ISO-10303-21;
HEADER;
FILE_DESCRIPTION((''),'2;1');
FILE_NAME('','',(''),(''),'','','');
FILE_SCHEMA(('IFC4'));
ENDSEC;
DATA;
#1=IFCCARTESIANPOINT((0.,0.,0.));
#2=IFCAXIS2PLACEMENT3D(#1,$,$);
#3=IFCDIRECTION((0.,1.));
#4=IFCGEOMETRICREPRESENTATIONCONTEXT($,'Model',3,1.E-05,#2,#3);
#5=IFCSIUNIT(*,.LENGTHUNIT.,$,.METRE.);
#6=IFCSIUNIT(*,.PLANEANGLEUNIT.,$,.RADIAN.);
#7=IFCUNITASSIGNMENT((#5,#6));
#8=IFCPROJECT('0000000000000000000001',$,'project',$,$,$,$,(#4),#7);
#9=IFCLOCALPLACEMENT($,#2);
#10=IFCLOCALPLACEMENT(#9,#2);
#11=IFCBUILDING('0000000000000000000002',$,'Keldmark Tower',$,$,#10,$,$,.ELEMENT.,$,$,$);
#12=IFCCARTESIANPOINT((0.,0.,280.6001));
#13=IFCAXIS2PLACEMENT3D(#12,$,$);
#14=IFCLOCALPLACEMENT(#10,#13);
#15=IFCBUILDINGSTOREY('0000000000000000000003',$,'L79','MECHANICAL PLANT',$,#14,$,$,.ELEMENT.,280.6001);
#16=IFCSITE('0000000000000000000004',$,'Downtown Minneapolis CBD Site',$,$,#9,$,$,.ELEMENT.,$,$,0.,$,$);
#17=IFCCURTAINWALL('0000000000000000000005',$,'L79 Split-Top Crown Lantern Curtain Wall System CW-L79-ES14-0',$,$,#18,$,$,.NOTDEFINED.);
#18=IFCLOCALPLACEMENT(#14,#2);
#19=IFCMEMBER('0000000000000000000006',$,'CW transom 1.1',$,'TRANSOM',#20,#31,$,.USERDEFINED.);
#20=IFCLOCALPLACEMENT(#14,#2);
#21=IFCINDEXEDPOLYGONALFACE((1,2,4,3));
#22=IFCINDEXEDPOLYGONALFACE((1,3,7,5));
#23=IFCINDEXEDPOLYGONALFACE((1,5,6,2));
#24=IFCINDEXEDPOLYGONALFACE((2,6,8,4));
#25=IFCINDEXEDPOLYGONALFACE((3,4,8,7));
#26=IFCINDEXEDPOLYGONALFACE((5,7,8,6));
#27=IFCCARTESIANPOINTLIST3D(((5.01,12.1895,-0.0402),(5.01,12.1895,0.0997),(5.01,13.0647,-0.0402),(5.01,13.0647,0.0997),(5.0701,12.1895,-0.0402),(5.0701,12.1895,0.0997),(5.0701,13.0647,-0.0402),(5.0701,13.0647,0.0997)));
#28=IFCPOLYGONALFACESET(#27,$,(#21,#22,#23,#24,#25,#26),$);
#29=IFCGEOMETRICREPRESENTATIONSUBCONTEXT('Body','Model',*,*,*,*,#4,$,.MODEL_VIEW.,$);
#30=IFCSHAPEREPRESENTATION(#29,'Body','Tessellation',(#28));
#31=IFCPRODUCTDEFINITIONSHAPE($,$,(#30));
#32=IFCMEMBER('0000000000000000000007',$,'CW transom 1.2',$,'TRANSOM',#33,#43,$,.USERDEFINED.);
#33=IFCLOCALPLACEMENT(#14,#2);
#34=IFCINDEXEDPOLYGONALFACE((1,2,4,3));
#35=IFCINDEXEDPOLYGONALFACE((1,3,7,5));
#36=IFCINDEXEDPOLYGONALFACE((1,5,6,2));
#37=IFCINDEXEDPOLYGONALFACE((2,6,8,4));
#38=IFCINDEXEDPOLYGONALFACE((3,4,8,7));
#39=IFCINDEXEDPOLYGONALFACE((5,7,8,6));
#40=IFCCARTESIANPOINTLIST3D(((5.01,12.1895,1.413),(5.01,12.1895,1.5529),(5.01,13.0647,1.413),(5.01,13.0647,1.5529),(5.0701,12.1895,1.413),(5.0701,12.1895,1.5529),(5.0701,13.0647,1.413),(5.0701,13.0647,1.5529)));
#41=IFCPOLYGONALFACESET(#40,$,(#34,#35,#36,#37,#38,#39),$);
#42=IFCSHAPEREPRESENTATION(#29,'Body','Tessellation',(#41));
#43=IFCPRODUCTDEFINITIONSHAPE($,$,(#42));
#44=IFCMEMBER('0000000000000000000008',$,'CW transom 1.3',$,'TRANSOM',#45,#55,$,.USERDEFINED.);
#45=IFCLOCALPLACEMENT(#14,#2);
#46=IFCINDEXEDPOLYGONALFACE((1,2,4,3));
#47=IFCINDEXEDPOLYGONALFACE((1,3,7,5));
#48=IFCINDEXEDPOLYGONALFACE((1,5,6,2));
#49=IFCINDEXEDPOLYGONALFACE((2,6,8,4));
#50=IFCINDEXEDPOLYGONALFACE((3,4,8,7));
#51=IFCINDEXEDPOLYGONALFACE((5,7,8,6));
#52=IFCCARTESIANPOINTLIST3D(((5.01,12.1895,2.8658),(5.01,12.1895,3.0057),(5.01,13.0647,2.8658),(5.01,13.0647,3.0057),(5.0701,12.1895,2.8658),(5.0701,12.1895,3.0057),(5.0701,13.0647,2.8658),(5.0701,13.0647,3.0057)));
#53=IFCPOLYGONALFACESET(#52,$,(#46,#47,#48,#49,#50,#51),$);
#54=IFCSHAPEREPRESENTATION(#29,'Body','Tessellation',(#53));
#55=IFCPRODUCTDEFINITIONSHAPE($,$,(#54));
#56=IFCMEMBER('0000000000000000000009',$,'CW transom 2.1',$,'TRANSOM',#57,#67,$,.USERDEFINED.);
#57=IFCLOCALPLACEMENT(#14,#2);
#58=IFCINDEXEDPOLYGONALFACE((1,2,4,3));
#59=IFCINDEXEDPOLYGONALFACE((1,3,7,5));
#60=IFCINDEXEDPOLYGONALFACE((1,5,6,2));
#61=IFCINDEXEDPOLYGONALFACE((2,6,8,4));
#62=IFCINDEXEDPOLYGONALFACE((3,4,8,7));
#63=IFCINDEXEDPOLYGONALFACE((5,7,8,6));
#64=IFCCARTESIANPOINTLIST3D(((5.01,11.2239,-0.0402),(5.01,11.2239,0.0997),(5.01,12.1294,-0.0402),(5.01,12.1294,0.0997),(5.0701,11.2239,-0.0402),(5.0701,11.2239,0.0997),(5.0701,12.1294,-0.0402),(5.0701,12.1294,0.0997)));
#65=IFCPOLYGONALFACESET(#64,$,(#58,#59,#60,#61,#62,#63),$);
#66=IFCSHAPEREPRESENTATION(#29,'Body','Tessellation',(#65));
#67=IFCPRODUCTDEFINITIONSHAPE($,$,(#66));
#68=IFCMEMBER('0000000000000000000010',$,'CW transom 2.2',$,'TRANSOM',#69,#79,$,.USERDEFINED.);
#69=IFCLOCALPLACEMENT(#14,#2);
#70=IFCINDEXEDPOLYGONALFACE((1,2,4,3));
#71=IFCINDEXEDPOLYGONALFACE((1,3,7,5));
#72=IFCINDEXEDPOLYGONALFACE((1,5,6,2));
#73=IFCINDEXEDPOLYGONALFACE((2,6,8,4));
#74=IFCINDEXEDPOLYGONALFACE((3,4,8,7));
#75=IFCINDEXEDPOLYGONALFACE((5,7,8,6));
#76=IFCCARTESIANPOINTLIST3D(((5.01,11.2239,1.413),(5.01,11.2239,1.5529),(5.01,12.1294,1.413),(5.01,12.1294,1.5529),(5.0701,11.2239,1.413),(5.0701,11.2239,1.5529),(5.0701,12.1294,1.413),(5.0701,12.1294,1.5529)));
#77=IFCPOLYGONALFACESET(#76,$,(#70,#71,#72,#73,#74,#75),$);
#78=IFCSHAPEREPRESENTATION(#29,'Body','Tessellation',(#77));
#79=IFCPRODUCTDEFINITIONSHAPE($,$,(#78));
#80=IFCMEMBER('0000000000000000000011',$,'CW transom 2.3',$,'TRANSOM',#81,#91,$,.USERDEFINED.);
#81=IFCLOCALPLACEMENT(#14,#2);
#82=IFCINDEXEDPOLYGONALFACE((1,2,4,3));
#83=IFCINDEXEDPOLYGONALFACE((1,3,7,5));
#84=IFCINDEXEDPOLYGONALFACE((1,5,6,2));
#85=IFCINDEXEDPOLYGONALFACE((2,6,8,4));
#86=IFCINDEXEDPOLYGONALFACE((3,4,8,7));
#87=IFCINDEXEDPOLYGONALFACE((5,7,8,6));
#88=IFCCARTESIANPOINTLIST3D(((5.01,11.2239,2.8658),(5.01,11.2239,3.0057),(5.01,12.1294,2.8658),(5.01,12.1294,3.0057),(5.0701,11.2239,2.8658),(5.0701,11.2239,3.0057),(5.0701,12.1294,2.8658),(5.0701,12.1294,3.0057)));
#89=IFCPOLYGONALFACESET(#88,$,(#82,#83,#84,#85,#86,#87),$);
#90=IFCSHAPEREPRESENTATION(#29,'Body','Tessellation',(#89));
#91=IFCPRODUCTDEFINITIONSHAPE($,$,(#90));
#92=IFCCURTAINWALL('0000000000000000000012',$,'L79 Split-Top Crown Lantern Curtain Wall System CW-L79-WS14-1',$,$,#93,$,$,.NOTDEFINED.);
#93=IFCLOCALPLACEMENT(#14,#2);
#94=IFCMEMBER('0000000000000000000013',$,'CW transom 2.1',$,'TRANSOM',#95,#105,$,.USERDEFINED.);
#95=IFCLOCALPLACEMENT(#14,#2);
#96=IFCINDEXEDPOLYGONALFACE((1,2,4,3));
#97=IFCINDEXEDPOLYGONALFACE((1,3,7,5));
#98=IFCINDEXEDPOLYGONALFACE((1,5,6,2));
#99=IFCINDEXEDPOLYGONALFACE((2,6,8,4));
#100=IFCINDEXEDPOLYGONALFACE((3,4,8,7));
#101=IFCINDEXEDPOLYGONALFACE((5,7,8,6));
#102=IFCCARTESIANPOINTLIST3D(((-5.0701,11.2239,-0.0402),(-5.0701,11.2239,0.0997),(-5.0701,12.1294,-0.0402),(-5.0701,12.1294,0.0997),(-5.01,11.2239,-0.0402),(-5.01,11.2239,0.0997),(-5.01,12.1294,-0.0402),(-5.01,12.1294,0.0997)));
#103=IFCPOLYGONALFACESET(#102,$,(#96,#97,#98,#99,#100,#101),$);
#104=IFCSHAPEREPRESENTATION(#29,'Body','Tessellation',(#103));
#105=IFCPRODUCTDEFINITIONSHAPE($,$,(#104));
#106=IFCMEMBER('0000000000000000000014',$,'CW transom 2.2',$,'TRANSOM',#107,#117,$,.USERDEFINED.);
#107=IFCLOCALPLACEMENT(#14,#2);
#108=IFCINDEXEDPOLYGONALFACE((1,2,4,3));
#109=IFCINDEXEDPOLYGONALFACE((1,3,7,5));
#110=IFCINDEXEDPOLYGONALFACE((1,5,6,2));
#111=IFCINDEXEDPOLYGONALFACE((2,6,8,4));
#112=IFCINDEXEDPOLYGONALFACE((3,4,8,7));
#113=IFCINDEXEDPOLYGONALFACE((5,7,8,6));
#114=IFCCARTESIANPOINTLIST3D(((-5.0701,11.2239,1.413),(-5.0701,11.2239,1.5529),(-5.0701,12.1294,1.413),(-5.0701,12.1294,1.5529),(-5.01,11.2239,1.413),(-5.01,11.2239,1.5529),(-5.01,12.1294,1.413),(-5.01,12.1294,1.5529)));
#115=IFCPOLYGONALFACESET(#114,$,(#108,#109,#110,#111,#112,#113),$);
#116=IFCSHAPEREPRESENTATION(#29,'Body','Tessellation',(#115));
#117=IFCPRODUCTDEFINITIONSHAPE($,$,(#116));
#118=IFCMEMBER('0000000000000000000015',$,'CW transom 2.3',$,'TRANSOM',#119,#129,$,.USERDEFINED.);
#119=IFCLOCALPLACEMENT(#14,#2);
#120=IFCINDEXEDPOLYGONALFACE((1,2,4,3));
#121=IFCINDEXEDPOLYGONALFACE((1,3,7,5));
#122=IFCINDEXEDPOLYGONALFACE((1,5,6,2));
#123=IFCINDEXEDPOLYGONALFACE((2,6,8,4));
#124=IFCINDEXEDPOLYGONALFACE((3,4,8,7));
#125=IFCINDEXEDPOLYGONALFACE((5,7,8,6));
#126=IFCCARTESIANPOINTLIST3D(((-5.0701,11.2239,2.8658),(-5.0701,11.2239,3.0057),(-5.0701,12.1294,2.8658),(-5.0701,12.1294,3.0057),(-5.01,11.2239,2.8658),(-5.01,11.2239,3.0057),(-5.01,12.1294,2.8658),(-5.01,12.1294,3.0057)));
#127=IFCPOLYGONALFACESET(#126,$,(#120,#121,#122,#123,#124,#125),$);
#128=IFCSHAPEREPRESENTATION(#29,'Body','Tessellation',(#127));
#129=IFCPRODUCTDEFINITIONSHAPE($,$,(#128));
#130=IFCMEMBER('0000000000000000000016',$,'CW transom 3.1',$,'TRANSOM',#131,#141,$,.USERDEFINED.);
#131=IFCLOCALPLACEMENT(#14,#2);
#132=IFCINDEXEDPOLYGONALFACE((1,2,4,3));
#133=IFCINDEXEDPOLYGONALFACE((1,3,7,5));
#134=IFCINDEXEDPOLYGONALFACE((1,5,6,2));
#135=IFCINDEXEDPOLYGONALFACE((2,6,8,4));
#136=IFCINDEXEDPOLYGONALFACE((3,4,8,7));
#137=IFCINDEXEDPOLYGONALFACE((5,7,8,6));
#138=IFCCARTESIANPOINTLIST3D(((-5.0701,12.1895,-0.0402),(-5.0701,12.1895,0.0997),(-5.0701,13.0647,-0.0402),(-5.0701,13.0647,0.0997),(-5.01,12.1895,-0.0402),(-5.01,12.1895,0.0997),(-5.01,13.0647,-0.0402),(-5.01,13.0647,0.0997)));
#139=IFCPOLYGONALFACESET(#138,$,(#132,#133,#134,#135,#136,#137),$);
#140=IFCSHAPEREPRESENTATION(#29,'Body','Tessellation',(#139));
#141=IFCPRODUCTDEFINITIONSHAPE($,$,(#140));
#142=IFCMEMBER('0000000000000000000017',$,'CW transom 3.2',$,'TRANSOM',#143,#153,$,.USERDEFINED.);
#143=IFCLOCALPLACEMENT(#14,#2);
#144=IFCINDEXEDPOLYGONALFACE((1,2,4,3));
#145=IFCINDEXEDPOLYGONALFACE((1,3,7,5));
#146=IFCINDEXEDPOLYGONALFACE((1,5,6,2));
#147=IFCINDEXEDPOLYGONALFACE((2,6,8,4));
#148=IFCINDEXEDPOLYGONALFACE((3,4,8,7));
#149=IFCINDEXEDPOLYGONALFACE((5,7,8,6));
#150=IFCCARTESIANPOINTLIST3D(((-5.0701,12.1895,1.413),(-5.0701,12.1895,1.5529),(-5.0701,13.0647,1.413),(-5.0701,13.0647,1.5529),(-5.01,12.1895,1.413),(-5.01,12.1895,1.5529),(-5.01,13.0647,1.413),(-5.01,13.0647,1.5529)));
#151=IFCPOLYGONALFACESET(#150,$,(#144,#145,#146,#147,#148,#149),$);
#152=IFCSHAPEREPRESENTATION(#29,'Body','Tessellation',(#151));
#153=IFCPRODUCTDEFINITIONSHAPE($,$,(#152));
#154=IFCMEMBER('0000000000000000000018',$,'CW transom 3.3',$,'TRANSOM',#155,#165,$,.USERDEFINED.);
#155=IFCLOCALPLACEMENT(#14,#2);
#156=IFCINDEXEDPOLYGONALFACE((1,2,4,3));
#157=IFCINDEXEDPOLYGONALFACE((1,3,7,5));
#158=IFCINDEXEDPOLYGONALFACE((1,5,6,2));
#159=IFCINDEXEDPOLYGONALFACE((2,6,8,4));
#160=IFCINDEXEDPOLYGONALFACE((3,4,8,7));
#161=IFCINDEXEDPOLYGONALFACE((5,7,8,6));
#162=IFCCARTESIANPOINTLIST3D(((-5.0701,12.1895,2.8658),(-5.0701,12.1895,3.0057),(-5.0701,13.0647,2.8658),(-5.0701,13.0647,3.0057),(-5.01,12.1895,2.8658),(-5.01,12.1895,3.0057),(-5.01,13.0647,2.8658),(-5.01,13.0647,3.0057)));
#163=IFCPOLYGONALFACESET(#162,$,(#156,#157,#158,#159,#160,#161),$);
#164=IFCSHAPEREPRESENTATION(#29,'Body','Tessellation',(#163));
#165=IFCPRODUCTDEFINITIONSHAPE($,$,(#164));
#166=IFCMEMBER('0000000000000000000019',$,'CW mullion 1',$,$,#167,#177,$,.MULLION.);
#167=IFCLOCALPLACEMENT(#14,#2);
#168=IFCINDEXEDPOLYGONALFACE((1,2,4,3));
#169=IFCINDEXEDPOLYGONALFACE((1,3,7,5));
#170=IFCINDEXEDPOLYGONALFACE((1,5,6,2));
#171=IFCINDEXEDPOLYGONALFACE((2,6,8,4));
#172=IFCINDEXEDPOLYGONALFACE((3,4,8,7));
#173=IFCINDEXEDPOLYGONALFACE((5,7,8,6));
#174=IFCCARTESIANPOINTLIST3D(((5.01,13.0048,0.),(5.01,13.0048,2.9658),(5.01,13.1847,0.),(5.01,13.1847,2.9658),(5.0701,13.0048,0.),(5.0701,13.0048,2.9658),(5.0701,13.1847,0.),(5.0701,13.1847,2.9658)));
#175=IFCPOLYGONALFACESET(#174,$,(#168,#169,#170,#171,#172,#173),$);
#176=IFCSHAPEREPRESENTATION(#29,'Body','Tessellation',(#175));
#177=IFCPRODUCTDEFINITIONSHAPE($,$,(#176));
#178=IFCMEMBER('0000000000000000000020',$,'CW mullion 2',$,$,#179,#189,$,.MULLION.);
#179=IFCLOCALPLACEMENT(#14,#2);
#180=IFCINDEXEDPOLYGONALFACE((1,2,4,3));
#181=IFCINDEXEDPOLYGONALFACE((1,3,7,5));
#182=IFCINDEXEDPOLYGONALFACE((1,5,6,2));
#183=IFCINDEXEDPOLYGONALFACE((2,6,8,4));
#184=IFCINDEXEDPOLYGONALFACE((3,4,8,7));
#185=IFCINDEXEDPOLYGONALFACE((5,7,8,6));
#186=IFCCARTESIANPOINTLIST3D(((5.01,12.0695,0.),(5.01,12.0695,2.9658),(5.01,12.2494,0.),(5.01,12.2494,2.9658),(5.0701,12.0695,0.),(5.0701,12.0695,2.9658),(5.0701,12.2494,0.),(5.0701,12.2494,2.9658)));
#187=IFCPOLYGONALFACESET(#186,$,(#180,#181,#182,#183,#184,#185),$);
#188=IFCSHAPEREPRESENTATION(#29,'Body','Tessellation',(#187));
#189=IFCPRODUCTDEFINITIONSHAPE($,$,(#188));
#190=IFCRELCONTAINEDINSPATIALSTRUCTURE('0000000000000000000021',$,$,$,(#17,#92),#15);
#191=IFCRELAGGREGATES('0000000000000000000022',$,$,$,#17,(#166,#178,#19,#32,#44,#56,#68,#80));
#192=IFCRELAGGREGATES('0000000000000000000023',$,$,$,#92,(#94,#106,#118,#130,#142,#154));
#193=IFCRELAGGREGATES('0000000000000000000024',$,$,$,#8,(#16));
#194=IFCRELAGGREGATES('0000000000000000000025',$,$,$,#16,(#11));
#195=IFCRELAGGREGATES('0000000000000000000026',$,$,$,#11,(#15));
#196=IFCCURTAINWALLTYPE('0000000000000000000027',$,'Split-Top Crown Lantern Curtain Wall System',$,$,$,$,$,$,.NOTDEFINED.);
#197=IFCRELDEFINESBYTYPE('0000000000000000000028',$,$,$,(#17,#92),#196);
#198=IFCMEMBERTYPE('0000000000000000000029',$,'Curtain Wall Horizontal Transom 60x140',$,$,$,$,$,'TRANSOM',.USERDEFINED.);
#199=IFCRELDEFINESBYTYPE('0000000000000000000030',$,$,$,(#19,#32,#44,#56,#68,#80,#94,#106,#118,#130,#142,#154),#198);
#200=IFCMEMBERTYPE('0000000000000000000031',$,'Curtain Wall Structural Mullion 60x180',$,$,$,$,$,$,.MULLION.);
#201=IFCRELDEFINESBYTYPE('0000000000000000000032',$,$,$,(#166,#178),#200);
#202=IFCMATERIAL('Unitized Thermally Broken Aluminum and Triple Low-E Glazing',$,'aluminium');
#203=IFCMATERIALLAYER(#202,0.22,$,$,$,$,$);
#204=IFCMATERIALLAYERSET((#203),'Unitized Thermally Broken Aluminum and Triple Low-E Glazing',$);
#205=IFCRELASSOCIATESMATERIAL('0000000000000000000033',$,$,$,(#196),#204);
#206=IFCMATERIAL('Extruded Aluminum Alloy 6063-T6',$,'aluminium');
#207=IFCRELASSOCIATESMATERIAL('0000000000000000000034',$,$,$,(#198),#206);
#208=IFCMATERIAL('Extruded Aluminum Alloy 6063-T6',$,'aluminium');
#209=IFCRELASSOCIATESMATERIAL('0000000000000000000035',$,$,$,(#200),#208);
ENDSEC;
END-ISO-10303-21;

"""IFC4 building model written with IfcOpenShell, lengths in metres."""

from ifc_helpers import new_model, si_unit, direction, frame, origin, origin_2d, place, context, subcontext, project, spatial, rectangle, extrude, material, layer, layer_set, material_profile, profile_set, type_object, element, aggregate, save


model = new_model("IFC4")

# Units and contexts
model_context = context("Model", 3, precision=1e-05, world=origin(), true_north=direction((0.0, 1.0)))
body_context = subcontext(model_context, "Body", "Model", "MODEL_VIEW")
ifc_project = project(units=[si_unit("LENGTHUNIT", "METRE"), si_unit("PLANEANGLEUNIT", "RADIAN")], contexts=[model_context])

# Site, building, storey
site_placement = place(None, origin())
site = spatial("IfcSite", under=ifc_project, at=site_placement, Name="Downtown Minneapolis CBD Site", CompositionType="ELEMENT", RefElevation=0.0)
building_placement = place(site_placement, origin())
building = spatial("IfcBuilding", under=site, at=building_placement, Name="Keldmark Tower", CompositionType="ELEMENT")
storey_placement = place(building_placement, frame((0.0, 0.0, 280.6001)))
storey = spatial("IfcBuildingStorey", under=building, at=storey_placement, Name="L79", Description="MECHANICAL PLANT", CompositionType="ELEMENT", Elevation=280.6001)

# Curtain walls, members
ifc_material_1 = material(Name="Unitized Thermally Broken Aluminum and Triple Low-E Glazing", Category="aluminium")
ifc_layer_1 = layer(ifc_material_1, 0.22)
ifc_layer_set_1 = layer_set([ifc_layer_1], Name="Unitized Thermally Broken Aluminum and Triple Low-E Glazing")
curtain_wall_type = type_object("IfcCurtainWallType", Name="Split-Top Crown Lantern Curtain Wall System", PredefinedType="NOTDEFINED", material=ifc_layer_set_1)
curtain_wall_1_placement = place(storey_placement, origin())
curtain_wall_1 = element("IfcCurtainWall", 1, at=curtain_wall_1_placement, inside=storey, type_object=curtain_wall_type, Name="L79 Split-Top Crown Lantern Curtain Wall System CW-L79-ES14-0", PredefinedType="NOTDEFINED")
ifc_material_2 = material(Name="Extruded Aluminum Alloy 6063-T6", Category="aluminium")
ifc_material_profile_1 = material_profile(ifc_material_2, rectangle(XDim=0.0601, YDim=0.1399, at=origin_2d()), Name="CWT60X140")
ifc_profile_set_1 = profile_set([ifc_material_profile_1], Name="Extruded Aluminum Alloy 6063-T6")
member_type_1 = type_object("IfcMemberType", Name="Curtain Wall Horizontal Transom 60x140", ElementType="TRANSOM", PredefinedType="USERDEFINED", material=ifc_profile_set_1)
member_1_placement = place(storey_placement, frame((5.04, 13.0647, 0.0298), z_axis=(0.0, -1.0, 0.0), x_axis=(1.0, 0.0, 0.0)))
member_1 = element("IfcMember", 2, at=member_1_placement, type_object=member_type_1, Name="CW transom 1.1", ObjectType="TRANSOM", PredefinedType="USERDEFINED", context=body_context, shape_type="SweptSolid", body=[
    extrude(rectangle(XDim=0.0601, YDim=0.1399, at=origin_2d()), origin(), (0.0, 0.0, 1.0), 0.8752),
])
member_2_placement = place(storey_placement, frame((5.04, 13.0647, 1.4829), z_axis=(0.0, -1.0, 0.0), x_axis=(1.0, 0.0, 0.0)))
member_2 = element("IfcMember", 3, at=member_2_placement, type_object=member_type_1, Name="CW transom 1.2", ObjectType="TRANSOM", PredefinedType="USERDEFINED", context=body_context, shape_type="SweptSolid", body=[
    extrude(rectangle(XDim=0.0601, YDim=0.1399, at=origin_2d()), origin(), (0.0, 0.0, 1.0), 0.8752),
])
member_3_placement = place(storey_placement, frame((5.04, 13.0647, 2.9358), z_axis=(0.0, -1.0, 0.0), x_axis=(1.0, 0.0, 0.0)))
member_3 = element("IfcMember", 4, at=member_3_placement, type_object=member_type_1, Name="CW transom 1.3", ObjectType="TRANSOM", PredefinedType="USERDEFINED", context=body_context, shape_type="SweptSolid", body=[
    extrude(rectangle(XDim=0.0601, YDim=0.1399, at=origin_2d()), origin(), (0.0, 0.0, 1.0), 0.8752),
])
member_4_placement = place(storey_placement, frame((5.04, 12.1294, 0.0298), z_axis=(0.0, -1.0, 0.0), x_axis=(1.0, 0.0, 0.0)))
member_4 = element("IfcMember", 5, at=member_4_placement, type_object=member_type_1, Name="CW transom 2.1", ObjectType="TRANSOM", PredefinedType="USERDEFINED", context=body_context, shape_type="SweptSolid", body=[
    extrude(rectangle(XDim=0.0601, YDim=0.1399, at=origin_2d()), origin(), (0.0, 0.0, 1.0), 0.9055),
])
member_5_placement = place(storey_placement, frame((5.04, 12.1294, 1.4829), z_axis=(0.0, -1.0, 0.0), x_axis=(1.0, 0.0, 0.0)))
member_5 = element("IfcMember", 6, at=member_5_placement, type_object=member_type_1, Name="CW transom 2.2", ObjectType="TRANSOM", PredefinedType="USERDEFINED", context=body_context, shape_type="SweptSolid", body=[
    extrude(rectangle(XDim=0.0601, YDim=0.1399, at=origin_2d()), origin(), (0.0, 0.0, 1.0), 0.9055),
])
member_6_placement = place(storey_placement, frame((5.04, 12.1294, 2.9358), z_axis=(0.0, -1.0, 0.0), x_axis=(1.0, 0.0, 0.0)))
member_6 = element("IfcMember", 7, at=member_6_placement, type_object=member_type_1, Name="CW transom 2.3", ObjectType="TRANSOM", PredefinedType="USERDEFINED", context=body_context, shape_type="SweptSolid", body=[
    extrude(rectangle(XDim=0.0601, YDim=0.1399, at=origin_2d()), origin(), (0.0, 0.0, 1.0), 0.9055),
])
curtain_wall_2_placement = place(storey_placement, origin())
curtain_wall_2 = element("IfcCurtainWall", 8, at=curtain_wall_2_placement, inside=storey, type_object=curtain_wall_type, Name="L79 Split-Top Crown Lantern Curtain Wall System CW-L79-WS14-1", PredefinedType="NOTDEFINED")
member_7_placement = place(storey_placement, frame((-5.04, 11.2239, 0.0298), z_axis=(0.0, 1.0, 0.0), x_axis=(-1.0, 0.0, 0.0)))
member_7 = element("IfcMember", 9, at=member_7_placement, type_object=member_type_1, Name="CW transom 2.1", ObjectType="TRANSOM", PredefinedType="USERDEFINED", context=body_context, shape_type="SweptSolid", body=[
    extrude(rectangle(XDim=0.0601, YDim=0.1399, at=origin_2d()), origin(), (0.0, 0.0, 1.0), 0.9055),
])
member_8_placement = place(storey_placement, frame((-5.04, 11.2239, 1.4829), z_axis=(0.0, 1.0, 0.0), x_axis=(-1.0, 0.0, 0.0)))
member_8 = element("IfcMember", 10, at=member_8_placement, type_object=member_type_1, Name="CW transom 2.2", ObjectType="TRANSOM", PredefinedType="USERDEFINED", context=body_context, shape_type="SweptSolid", body=[
    extrude(rectangle(XDim=0.0601, YDim=0.1399, at=origin_2d()), origin(), (0.0, 0.0, 1.0), 0.9055),
])
member_9_placement = place(storey_placement, frame((-5.04, 11.2239, 2.9358), z_axis=(0.0, 1.0, 0.0), x_axis=(-1.0, 0.0, 0.0)))
member_9 = element("IfcMember", 11, at=member_9_placement, type_object=member_type_1, Name="CW transom 2.3", ObjectType="TRANSOM", PredefinedType="USERDEFINED", context=body_context, shape_type="SweptSolid", body=[
    extrude(rectangle(XDim=0.0601, YDim=0.1399, at=origin_2d()), origin(), (0.0, 0.0, 1.0), 0.9055),
])
member_10_placement = place(storey_placement, frame((-5.04, 12.1895, 0.0298), z_axis=(0.0, 1.0, 0.0), x_axis=(-1.0, 0.0, 0.0)))
member_10 = element("IfcMember", 12, at=member_10_placement, type_object=member_type_1, Name="CW transom 3.1", ObjectType="TRANSOM", PredefinedType="USERDEFINED", context=body_context, shape_type="SweptSolid", body=[
    extrude(rectangle(XDim=0.0601, YDim=0.1399, at=origin_2d()), origin(), (0.0, 0.0, 1.0), 0.8752),
])
member_11_placement = place(storey_placement, frame((-5.04, 12.1895, 1.4829), z_axis=(0.0, 1.0, 0.0), x_axis=(-1.0, 0.0, 0.0)))
member_11 = element("IfcMember", 13, at=member_11_placement, type_object=member_type_1, Name="CW transom 3.2", ObjectType="TRANSOM", PredefinedType="USERDEFINED", context=body_context, shape_type="SweptSolid", body=[
    extrude(rectangle(XDim=0.0601, YDim=0.1399, at=origin_2d()), origin(), (0.0, 0.0, 1.0), 0.8752),
])
member_12_placement = place(storey_placement, frame((-5.04, 12.1895, 2.9358), z_axis=(0.0, 1.0, 0.0), x_axis=(-1.0, 0.0, 0.0)))
member_12 = element("IfcMember", 14, at=member_12_placement, type_object=member_type_1, Name="CW transom 3.3", ObjectType="TRANSOM", PredefinedType="USERDEFINED", context=body_context, shape_type="SweptSolid", body=[
    extrude(rectangle(XDim=0.0601, YDim=0.1399, at=origin_2d()), origin(), (0.0, 0.0, 1.0), 0.8752),
])

# Members
ifc_material_3 = material(Name="Extruded Aluminum Alloy 6063-T6", Category="aluminium")
ifc_material_profile_2 = material_profile(ifc_material_3, rectangle(XDim=0.0601, YDim=0.1799, at=origin_2d()), Name="CWM60X180")
ifc_profile_set_2 = profile_set([ifc_material_profile_2], Name="Extruded Aluminum Alloy 6063-T6")
member_type_2 = type_object("IfcMemberType", Name="Curtain Wall Structural Mullion 60x180", PredefinedType="MULLION", material=ifc_profile_set_2)
member_13_placement = place(storey_placement, frame((5.04, 13.0947, 0.0), z_axis=(0.0, 0.0, 1.0), x_axis=(1.0, 0.0, 0.0)))
member_13 = element("IfcMember", 15, at=member_13_placement, type_object=member_type_2, Name="CW mullion 1", PredefinedType="MULLION", context=body_context, shape_type="SweptSolid", body=[
    extrude(rectangle(XDim=0.0601, YDim=0.1799, at=origin_2d()), origin(), (0.0, 0.0, 1.0), 2.9658),
])
member_14_placement = place(storey_placement, frame((5.04, 12.1594, 0.0), z_axis=(0.0, 0.0, 1.0), x_axis=(1.0, 0.0, 0.0)))
member_14 = element("IfcMember", 16, at=member_14_placement, type_object=member_type_2, Name="CW mullion 2", PredefinedType="MULLION", context=body_context, shape_type="SweptSolid", body=[
    extrude(rectangle(XDim=0.0601, YDim=0.1799, at=origin_2d()), origin(), (0.0, 0.0, 1.0), 2.9658),
])

aggregate(curtain_wall_1, [member_13, member_14, member_1, member_2, member_3, member_4, member_5, member_6])
aggregate(curtain_wall_2, [member_7, member_8, member_9, member_10, member_11, member_12])

save(model, "model.ifc")
